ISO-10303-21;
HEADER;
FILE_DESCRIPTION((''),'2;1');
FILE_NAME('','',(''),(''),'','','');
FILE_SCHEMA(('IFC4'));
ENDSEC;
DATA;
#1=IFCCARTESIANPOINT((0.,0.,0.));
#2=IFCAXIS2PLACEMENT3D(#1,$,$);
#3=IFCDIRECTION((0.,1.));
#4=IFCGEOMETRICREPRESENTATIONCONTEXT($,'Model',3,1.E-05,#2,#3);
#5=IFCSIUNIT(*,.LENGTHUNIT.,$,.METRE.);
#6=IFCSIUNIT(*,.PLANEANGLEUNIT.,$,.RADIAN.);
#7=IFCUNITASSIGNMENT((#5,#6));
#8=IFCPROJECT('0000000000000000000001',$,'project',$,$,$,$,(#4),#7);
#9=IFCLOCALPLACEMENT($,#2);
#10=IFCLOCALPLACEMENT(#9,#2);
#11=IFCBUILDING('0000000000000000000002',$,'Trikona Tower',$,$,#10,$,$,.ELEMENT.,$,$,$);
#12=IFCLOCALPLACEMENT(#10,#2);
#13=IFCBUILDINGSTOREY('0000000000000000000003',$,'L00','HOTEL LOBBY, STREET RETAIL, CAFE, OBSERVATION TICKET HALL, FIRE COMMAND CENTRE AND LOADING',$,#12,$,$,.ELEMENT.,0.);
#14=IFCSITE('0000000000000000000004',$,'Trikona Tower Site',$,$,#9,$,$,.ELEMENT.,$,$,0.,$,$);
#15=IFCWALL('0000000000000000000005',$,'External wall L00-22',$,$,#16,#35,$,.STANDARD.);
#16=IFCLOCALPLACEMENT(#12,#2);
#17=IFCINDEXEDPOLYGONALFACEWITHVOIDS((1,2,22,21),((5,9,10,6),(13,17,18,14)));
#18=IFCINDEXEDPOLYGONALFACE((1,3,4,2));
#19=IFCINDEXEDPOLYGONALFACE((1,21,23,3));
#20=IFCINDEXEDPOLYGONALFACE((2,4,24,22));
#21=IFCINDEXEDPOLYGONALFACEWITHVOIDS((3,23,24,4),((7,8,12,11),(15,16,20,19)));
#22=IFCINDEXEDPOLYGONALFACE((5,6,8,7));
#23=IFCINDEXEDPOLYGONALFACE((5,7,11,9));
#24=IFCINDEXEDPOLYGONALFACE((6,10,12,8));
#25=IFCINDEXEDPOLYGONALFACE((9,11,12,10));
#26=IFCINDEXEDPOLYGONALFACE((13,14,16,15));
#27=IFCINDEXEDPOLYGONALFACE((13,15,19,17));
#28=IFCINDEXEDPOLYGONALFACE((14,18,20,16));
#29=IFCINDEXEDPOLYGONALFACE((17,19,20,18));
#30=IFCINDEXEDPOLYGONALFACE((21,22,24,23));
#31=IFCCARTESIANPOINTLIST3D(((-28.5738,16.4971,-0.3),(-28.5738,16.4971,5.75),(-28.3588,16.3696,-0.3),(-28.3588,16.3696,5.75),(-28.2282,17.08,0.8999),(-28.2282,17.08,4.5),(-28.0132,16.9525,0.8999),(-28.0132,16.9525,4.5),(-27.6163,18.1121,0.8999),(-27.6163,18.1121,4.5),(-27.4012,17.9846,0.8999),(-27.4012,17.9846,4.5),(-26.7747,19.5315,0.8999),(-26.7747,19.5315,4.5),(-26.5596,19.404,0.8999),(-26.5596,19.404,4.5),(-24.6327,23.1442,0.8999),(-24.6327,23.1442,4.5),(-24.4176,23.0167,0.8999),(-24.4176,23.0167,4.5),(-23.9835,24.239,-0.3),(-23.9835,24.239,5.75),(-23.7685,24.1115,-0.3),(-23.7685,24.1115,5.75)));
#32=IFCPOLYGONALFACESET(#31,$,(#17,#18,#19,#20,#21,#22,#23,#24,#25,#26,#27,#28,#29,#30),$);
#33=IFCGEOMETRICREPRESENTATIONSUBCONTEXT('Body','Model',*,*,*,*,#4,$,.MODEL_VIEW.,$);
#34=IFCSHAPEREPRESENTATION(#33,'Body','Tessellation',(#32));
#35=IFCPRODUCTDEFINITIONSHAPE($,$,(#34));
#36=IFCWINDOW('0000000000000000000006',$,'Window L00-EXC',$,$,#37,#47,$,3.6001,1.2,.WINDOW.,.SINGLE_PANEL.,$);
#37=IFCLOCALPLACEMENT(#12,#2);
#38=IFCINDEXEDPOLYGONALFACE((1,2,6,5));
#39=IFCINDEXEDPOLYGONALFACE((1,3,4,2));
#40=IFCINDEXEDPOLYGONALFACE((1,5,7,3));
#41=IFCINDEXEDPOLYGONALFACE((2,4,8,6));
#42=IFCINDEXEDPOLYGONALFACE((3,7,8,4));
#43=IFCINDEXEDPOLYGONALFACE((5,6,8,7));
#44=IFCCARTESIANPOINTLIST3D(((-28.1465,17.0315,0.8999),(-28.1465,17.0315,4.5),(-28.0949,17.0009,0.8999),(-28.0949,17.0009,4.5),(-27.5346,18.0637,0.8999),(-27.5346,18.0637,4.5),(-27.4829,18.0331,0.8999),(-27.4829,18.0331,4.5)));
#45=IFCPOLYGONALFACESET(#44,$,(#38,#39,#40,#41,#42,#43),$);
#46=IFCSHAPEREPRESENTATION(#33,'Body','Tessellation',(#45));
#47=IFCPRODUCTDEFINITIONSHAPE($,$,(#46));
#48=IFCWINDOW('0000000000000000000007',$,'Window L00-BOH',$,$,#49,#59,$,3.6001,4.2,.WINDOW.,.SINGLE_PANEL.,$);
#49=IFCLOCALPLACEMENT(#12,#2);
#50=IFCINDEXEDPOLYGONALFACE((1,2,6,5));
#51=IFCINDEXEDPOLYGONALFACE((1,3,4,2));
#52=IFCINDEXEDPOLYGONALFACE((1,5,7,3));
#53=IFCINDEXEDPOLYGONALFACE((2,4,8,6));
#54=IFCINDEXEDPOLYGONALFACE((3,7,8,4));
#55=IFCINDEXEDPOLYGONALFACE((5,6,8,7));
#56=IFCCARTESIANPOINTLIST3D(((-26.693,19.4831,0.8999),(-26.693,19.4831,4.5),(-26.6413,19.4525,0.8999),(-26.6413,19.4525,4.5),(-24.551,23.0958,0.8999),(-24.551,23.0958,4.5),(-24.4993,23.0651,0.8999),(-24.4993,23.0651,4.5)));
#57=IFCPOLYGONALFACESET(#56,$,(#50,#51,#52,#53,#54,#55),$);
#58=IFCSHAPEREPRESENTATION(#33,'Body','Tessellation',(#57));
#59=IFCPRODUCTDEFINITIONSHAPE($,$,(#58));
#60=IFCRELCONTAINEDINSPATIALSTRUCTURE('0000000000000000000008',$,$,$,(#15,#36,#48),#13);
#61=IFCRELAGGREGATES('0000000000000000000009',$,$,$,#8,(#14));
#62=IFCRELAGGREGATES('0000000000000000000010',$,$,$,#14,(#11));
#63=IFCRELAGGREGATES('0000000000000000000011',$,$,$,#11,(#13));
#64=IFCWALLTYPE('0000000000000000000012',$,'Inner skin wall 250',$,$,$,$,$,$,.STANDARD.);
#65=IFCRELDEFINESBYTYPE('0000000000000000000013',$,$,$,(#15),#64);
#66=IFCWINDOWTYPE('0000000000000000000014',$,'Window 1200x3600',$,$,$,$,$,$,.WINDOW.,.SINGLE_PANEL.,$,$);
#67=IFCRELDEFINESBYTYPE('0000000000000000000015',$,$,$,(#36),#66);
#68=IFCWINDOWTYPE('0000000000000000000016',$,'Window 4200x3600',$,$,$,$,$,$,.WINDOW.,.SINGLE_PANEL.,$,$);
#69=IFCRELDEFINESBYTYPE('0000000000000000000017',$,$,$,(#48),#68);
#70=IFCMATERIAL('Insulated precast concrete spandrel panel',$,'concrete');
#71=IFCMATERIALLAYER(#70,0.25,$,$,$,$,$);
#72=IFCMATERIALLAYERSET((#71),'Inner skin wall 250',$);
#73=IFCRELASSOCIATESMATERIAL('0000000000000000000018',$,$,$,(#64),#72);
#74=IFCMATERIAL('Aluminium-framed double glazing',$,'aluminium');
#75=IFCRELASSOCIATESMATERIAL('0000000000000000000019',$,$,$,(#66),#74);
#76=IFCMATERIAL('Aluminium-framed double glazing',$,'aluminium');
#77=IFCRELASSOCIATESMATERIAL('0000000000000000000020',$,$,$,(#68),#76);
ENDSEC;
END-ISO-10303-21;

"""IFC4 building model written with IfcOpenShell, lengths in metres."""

from ifc_helpers import new_model, si_unit, direction, frame, frame_2d, origin, place, context, subcontext, project, spatial, rectangle, extrude, material, layer, layer_set, type_object, element, fill, save


model = new_model("IFC4")

# Units and contexts
model_context = context("Model", 3, precision=1e-05, world=origin(), true_north=direction((0.0, 1.0)))
body_context = subcontext(model_context, "Body", "Model", "MODEL_VIEW")
ifc_project = project(units=[si_unit("LENGTHUNIT", "METRE"), si_unit("PLANEANGLEUNIT", "RADIAN")], contexts=[model_context])

# Site, building, storey
site_placement = place(None, origin())
site = spatial("IfcSite", under=ifc_project, at=site_placement, Name="Trikona Tower Site", CompositionType="ELEMENT", RefElevation=0.0)
building_placement = place(site_placement, origin())
building = spatial("IfcBuilding", under=site, at=building_placement, Name="Trikona Tower", CompositionType="ELEMENT")
storey_placement = place(building_placement, origin())
storey = spatial("IfcBuildingStorey", under=building, at=storey_placement, Name="L00", Description="HOTEL LOBBY, STREET RETAIL, CAFE, OBSERVATION TICKET HALL, FIRE COMMAND CENTRE AND LOADING", CompositionType="ELEMENT", Elevation=0.0)

# Wall, openings, windows
ifc_material_1 = material(Name="Insulated precast concrete spandrel panel", Category="concrete")
ifc_layer = layer(ifc_material_1, 0.25)
ifc_layer_set = layer_set([ifc_layer], Name="Inner skin wall 250")
wall_type = type_object("IfcWallType", Name="Inner skin wall 250", PredefinedType="STANDARD", material=ifc_layer_set)
wall_placement = place(storey_placement, frame((-23.876, 24.1753, -0.3), z_axis=(0.0, 0.0, 1.0), x_axis=(-0.510009, -0.860169, 0.0)))
wall = element("IfcWall", 1, at=wall_placement, inside=storey, type_object=wall_type, Name="External wall L00-22", PredefinedType="STANDARD", context=body_context, shape_type="SweptSolid", body=[
    extrude(rectangle(XDim=9.0005, YDim=0.25, at=frame_2d((4.5002, 0.0))), origin(), (0.0, 0.0, 1.0), 6.05),
])
opening_1_placement = place(wall_placement, frame((1.2727, 0.0, 1.2)))
opening_1 = element("IfcOpeningElement", 2, at=opening_1_placement, cuts=wall, PredefinedType="OPENING", context=body_context, shape_type="SweptSolid", body=[
    extrude(rectangle(XDim=4.2, YDim=3.6001, at=frame_2d((2.1001, 1.8))), frame((0.0, 0.135, 0.0), z_axis=(0.0, -1.0, 0.0), x_axis=(1.0, 0.0, 0.0)), (0.0, 0.0, 1.0), 0.27),
])
opening_2_placement = place(wall_placement, frame((7.1228, 0.0, 1.2)))
opening_2 = element("IfcOpeningElement", 3, at=opening_2_placement, cuts=wall, PredefinedType="OPENING", context=body_context, shape_type="SweptSolid", body=[
    extrude(rectangle(XDim=1.2, YDim=3.6001, at=frame_2d((0.6001, 1.8))), frame((0.0, 0.135, 0.0), z_axis=(0.0, -1.0, 0.0), x_axis=(1.0, 0.0, 0.0)), (0.0, 0.0, 1.0), 0.27),
])
ifc_material_2 = material(Name="Aluminium-framed double glazing", Category="aluminium")
window_type_1 = type_object("IfcWindowType", Name="Window 1200x3600", PartitioningType="SINGLE_PANEL", PredefinedType="WINDOW", material=ifc_material_2)
window_1_placement = place(opening_2_placement, origin())
window_1 = element("IfcWindow", 4, at=window_1_placement, inside=storey, type_object=window_type_1, Name="Window L00-EXC", OverallHeight=3.6001, OverallWidth=1.2, PartitioningType="SINGLE_PANEL", PredefinedType="WINDOW", context=body_context, shape_type="SweptSolid", body=[
    extrude(rectangle(XDim=1.2, YDim=3.6001, at=frame_2d((0.6001, 1.8))), frame((0.0, 0.03, 0.0), z_axis=(0.0, -1.0, 0.0), x_axis=(1.0, 0.0, 0.0)), (0.0, 0.0, 1.0), 0.0601),
])
fill(opening_2, window_1)
ifc_material_3 = material(Name="Aluminium-framed double glazing", Category="aluminium")
window_type_2 = type_object("IfcWindowType", Name="Window 4200x3600", PartitioningType="SINGLE_PANEL", PredefinedType="WINDOW", material=ifc_material_3)
window_2_placement = place(opening_1_placement, origin())
window_2 = element("IfcWindow", 5, at=window_2_placement, inside=storey, type_object=window_type_2, Name="Window L00-BOH", OverallHeight=3.6001, OverallWidth=4.2, PartitioningType="SINGLE_PANEL", PredefinedType="WINDOW", context=body_context, shape_type="SweptSolid", body=[
    extrude(rectangle(XDim=4.2, YDim=3.6001, at=frame_2d((2.1001, 1.8))), frame((0.0, 0.03, 0.0), z_axis=(0.0, -1.0, 0.0), x_axis=(1.0, 0.0, 0.0)), (0.0, 0.0, 1.0), 0.0601),
])
fill(opening_1, window_2)

save(model, "model.ifc")
